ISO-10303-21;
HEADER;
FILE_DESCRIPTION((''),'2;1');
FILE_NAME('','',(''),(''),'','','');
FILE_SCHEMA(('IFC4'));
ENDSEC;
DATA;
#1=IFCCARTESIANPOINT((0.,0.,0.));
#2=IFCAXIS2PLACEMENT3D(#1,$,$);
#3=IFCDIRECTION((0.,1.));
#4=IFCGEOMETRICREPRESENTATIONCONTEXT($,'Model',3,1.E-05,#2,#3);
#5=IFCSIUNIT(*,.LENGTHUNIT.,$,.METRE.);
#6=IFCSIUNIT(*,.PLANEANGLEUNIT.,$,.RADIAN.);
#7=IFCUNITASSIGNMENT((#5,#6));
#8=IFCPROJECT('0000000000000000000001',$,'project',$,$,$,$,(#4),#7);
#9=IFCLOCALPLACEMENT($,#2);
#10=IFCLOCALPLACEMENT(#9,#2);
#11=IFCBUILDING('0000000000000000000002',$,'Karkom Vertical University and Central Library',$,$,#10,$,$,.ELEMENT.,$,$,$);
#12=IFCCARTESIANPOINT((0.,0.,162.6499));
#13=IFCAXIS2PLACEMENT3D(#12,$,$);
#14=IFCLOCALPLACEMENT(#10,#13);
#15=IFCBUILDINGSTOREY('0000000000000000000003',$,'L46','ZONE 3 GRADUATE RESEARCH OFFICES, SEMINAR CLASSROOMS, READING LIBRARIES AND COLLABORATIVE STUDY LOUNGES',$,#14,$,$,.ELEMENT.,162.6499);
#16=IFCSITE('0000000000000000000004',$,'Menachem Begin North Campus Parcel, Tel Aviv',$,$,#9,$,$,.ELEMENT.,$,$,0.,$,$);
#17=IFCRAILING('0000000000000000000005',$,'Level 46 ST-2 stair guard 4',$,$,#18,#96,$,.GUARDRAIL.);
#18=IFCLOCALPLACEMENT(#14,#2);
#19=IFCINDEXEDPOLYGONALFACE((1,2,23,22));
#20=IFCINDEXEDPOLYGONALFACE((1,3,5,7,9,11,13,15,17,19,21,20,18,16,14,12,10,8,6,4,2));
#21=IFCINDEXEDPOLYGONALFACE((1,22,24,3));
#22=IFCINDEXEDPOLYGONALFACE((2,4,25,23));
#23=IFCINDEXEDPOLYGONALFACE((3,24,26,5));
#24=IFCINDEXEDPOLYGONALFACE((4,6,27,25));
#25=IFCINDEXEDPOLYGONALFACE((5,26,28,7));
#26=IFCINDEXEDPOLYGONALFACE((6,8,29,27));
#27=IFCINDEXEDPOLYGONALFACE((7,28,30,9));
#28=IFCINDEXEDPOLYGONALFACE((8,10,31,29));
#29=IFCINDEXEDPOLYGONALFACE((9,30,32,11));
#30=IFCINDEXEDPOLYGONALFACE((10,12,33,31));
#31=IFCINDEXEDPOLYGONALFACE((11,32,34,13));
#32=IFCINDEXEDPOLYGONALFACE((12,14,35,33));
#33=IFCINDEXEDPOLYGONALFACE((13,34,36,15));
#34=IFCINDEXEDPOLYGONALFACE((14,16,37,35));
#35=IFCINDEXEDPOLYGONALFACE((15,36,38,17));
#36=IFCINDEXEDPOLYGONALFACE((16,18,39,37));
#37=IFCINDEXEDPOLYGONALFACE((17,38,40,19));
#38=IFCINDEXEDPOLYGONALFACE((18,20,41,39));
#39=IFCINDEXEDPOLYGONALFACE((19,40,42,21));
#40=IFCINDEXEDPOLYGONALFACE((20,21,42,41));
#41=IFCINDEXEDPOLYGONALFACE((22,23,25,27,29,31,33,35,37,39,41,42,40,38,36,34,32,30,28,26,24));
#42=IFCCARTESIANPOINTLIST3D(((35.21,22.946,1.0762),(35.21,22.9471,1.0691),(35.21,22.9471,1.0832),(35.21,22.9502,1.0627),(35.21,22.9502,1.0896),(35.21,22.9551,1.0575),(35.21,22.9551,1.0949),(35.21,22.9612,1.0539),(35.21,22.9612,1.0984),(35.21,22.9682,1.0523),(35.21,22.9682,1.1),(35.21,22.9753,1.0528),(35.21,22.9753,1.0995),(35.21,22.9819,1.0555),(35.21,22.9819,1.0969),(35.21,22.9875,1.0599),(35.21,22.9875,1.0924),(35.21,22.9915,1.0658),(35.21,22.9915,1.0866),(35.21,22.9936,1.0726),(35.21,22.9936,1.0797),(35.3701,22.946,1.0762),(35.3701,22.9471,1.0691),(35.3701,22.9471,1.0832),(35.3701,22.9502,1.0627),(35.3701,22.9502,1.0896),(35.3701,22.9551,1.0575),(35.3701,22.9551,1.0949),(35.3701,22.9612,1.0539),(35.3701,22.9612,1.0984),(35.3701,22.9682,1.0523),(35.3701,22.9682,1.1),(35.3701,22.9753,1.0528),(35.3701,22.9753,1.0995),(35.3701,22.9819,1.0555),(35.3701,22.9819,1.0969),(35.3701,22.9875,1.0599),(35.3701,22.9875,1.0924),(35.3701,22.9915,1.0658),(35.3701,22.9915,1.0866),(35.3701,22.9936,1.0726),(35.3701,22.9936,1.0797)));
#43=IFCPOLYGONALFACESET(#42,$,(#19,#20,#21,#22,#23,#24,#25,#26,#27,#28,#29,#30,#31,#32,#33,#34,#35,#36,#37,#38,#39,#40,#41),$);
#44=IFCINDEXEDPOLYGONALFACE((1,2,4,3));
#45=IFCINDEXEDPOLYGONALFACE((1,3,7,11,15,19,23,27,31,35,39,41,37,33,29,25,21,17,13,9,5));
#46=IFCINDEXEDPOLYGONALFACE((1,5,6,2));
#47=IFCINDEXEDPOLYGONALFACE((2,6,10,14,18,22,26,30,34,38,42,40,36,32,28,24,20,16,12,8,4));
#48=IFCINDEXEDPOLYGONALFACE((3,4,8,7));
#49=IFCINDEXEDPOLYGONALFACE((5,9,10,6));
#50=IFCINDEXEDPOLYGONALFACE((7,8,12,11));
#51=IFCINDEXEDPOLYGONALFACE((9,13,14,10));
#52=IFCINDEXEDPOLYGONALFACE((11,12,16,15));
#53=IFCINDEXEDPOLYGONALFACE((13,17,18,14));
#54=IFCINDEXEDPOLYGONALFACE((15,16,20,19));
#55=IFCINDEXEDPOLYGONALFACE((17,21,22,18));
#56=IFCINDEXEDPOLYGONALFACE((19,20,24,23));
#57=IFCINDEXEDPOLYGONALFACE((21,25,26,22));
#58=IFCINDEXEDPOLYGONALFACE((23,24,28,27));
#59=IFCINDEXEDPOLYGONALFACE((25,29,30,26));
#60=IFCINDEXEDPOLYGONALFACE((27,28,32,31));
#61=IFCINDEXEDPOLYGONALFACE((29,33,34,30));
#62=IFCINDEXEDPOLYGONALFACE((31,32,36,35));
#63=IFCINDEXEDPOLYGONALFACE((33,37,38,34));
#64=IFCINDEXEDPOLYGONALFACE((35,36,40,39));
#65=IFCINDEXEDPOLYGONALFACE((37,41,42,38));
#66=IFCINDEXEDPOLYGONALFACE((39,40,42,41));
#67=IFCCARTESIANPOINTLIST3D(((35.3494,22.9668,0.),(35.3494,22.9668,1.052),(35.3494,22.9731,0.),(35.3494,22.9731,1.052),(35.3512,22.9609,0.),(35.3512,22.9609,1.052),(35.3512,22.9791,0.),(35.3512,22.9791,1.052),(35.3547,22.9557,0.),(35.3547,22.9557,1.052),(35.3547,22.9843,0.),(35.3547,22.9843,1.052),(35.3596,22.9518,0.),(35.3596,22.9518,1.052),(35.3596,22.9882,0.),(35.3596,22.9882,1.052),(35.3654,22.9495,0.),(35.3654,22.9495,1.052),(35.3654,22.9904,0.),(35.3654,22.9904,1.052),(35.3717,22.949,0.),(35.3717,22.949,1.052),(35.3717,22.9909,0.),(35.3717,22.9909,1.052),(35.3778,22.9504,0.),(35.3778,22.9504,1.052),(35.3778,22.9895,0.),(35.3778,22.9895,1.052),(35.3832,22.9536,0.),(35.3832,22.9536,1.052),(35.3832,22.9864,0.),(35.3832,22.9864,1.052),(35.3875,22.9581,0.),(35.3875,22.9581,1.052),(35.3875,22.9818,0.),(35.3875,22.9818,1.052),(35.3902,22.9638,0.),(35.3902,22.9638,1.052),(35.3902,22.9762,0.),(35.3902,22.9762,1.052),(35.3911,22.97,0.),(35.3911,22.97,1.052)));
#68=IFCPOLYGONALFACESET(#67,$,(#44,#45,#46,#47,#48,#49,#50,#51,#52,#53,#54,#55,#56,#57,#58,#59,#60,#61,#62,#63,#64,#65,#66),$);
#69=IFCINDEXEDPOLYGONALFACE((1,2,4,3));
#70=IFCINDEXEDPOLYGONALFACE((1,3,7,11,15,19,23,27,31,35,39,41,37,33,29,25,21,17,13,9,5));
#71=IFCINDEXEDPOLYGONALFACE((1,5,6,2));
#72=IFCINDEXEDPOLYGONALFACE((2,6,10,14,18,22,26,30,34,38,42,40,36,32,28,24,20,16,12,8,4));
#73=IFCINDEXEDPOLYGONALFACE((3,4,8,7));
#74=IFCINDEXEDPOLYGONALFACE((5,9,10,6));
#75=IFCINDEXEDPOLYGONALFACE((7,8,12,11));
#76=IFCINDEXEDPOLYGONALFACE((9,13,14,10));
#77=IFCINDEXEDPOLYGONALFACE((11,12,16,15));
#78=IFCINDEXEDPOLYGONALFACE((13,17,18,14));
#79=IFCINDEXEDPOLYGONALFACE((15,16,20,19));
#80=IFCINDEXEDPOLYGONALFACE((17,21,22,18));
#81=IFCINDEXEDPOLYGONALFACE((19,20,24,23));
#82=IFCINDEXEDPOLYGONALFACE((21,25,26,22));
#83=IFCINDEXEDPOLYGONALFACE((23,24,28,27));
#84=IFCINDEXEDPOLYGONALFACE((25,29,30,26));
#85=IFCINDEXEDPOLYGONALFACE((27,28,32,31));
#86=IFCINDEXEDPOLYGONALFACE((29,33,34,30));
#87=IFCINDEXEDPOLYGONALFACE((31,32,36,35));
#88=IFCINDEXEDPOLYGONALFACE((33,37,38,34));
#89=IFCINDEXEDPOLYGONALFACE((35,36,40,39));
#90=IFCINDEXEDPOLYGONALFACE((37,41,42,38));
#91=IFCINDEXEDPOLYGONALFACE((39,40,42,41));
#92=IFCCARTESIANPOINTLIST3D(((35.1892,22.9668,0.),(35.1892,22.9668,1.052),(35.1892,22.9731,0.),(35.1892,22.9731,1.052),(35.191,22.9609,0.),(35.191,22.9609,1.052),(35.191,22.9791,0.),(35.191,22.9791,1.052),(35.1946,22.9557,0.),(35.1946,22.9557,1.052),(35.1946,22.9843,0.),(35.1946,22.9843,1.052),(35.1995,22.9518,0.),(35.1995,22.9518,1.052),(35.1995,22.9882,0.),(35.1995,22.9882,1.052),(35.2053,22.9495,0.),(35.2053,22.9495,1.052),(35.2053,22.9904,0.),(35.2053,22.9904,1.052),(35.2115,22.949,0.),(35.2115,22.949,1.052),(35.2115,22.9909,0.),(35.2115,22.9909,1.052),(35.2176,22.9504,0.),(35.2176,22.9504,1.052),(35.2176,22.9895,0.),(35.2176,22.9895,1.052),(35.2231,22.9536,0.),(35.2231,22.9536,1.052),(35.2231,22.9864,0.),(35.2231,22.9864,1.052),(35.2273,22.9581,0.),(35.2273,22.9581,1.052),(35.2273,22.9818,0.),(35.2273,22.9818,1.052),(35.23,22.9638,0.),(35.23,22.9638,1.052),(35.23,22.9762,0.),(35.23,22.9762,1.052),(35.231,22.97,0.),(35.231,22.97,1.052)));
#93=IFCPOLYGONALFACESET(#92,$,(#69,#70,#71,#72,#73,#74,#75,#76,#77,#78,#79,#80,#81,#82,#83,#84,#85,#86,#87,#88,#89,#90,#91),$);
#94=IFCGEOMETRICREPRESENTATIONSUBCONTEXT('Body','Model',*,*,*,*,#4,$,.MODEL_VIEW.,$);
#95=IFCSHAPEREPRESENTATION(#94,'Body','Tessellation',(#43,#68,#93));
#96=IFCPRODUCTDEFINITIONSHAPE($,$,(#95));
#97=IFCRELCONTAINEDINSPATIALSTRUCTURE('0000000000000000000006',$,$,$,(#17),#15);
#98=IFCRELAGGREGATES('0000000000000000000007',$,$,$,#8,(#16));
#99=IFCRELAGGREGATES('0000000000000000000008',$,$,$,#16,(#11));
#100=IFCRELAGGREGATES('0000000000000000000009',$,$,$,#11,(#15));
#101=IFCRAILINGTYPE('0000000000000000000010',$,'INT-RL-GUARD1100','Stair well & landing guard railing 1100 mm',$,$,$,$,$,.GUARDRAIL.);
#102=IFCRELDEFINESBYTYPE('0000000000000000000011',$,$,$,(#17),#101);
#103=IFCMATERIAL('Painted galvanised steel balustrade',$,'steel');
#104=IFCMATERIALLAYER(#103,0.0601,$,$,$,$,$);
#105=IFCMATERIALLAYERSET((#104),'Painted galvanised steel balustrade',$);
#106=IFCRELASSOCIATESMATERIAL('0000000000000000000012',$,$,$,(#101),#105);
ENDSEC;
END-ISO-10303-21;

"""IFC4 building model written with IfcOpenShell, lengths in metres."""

from ifc_helpers import new_model, si_unit, direction, frame, origin, origin_2d, place, context, subcontext, project, spatial, circle, extrude, material, layer, layer_set, type_object, element, save


model = new_model("IFC4")

# Units and contexts
model_context = context("Model", 3, precision=1e-05, world=origin(), true_north=direction((0.0, 1.0)))
body_context = subcontext(model_context, "Body", "Model", "MODEL_VIEW")
ifc_project = project(units=[si_unit("LENGTHUNIT", "METRE"), si_unit("PLANEANGLEUNIT", "RADIAN")], contexts=[model_context])

# Site, building, storey
site_placement = place(None, origin())
site = spatial("IfcSite", under=ifc_project, at=site_placement, Name="Menachem Begin North Campus Parcel, Tel Aviv", CompositionType="ELEMENT", RefElevation=0.0)
building_placement = place(site_placement, origin())
building = spatial("IfcBuilding", under=site, at=building_placement, Name="Karkom Vertical University and Central Library", CompositionType="ELEMENT")
storey_placement = place(building_placement, frame((0.0, 0.0, 162.6499)))
storey = spatial("IfcBuildingStorey", under=building, at=storey_placement, Name="L46", Description="ZONE 3 GRADUATE RESEARCH OFFICES, SEMINAR CLASSROOMS, READING LIBRARIES AND COLLABORATIVE STUDY LOUNGES", CompositionType="ELEMENT", Elevation=162.6499)

# Railing
ifc_material_1 = material(Name="Painted galvanised steel balustrade", Category="steel")
ifc_layer_1 = layer(ifc_material_1, 0.0601)
ifc_layer_set_1 = layer_set([ifc_layer_1], Name="Painted galvanised steel balustrade")
railing_type_1 = type_object("IfcRailingType", Name="INT-RL-GUARD1100", Description="Stair well & landing guard railing 1100 mm", PredefinedType="GUARDRAIL", material=ifc_layer_set_1)
railing_1_placement = place(storey_placement, frame((35.3701, 22.97, 0.0)))
element("IfcRailing", 1, at=railing_1_placement, inside=storey, type_object=railing_type_1, Name="Level 46 ST-2 stair guard 4", PredefinedType="GUARDRAIL", context=body_context, shape_type="SweptSolid", body=[
    extrude(circle(Radius=0.0239, at=origin_2d()), frame((0.0, 0.0, 1.0762), z_axis=(-1.0, 0.0, 0.0), x_axis=(0.0, -1.0, 0.0)), (0.0, 0.0, 1.0), 0.1602),
    extrude(circle(Radius=0.021, at=origin_2d()), origin(), (0.0, 0.0, 1.0), 1.052),
    extrude(circle(Radius=0.021, at=origin_2d()), frame((-0.1602, 0.0, 0.0)), (0.0, 0.0, 1.0), 1.052),
])

save(model, "model.ifc")
